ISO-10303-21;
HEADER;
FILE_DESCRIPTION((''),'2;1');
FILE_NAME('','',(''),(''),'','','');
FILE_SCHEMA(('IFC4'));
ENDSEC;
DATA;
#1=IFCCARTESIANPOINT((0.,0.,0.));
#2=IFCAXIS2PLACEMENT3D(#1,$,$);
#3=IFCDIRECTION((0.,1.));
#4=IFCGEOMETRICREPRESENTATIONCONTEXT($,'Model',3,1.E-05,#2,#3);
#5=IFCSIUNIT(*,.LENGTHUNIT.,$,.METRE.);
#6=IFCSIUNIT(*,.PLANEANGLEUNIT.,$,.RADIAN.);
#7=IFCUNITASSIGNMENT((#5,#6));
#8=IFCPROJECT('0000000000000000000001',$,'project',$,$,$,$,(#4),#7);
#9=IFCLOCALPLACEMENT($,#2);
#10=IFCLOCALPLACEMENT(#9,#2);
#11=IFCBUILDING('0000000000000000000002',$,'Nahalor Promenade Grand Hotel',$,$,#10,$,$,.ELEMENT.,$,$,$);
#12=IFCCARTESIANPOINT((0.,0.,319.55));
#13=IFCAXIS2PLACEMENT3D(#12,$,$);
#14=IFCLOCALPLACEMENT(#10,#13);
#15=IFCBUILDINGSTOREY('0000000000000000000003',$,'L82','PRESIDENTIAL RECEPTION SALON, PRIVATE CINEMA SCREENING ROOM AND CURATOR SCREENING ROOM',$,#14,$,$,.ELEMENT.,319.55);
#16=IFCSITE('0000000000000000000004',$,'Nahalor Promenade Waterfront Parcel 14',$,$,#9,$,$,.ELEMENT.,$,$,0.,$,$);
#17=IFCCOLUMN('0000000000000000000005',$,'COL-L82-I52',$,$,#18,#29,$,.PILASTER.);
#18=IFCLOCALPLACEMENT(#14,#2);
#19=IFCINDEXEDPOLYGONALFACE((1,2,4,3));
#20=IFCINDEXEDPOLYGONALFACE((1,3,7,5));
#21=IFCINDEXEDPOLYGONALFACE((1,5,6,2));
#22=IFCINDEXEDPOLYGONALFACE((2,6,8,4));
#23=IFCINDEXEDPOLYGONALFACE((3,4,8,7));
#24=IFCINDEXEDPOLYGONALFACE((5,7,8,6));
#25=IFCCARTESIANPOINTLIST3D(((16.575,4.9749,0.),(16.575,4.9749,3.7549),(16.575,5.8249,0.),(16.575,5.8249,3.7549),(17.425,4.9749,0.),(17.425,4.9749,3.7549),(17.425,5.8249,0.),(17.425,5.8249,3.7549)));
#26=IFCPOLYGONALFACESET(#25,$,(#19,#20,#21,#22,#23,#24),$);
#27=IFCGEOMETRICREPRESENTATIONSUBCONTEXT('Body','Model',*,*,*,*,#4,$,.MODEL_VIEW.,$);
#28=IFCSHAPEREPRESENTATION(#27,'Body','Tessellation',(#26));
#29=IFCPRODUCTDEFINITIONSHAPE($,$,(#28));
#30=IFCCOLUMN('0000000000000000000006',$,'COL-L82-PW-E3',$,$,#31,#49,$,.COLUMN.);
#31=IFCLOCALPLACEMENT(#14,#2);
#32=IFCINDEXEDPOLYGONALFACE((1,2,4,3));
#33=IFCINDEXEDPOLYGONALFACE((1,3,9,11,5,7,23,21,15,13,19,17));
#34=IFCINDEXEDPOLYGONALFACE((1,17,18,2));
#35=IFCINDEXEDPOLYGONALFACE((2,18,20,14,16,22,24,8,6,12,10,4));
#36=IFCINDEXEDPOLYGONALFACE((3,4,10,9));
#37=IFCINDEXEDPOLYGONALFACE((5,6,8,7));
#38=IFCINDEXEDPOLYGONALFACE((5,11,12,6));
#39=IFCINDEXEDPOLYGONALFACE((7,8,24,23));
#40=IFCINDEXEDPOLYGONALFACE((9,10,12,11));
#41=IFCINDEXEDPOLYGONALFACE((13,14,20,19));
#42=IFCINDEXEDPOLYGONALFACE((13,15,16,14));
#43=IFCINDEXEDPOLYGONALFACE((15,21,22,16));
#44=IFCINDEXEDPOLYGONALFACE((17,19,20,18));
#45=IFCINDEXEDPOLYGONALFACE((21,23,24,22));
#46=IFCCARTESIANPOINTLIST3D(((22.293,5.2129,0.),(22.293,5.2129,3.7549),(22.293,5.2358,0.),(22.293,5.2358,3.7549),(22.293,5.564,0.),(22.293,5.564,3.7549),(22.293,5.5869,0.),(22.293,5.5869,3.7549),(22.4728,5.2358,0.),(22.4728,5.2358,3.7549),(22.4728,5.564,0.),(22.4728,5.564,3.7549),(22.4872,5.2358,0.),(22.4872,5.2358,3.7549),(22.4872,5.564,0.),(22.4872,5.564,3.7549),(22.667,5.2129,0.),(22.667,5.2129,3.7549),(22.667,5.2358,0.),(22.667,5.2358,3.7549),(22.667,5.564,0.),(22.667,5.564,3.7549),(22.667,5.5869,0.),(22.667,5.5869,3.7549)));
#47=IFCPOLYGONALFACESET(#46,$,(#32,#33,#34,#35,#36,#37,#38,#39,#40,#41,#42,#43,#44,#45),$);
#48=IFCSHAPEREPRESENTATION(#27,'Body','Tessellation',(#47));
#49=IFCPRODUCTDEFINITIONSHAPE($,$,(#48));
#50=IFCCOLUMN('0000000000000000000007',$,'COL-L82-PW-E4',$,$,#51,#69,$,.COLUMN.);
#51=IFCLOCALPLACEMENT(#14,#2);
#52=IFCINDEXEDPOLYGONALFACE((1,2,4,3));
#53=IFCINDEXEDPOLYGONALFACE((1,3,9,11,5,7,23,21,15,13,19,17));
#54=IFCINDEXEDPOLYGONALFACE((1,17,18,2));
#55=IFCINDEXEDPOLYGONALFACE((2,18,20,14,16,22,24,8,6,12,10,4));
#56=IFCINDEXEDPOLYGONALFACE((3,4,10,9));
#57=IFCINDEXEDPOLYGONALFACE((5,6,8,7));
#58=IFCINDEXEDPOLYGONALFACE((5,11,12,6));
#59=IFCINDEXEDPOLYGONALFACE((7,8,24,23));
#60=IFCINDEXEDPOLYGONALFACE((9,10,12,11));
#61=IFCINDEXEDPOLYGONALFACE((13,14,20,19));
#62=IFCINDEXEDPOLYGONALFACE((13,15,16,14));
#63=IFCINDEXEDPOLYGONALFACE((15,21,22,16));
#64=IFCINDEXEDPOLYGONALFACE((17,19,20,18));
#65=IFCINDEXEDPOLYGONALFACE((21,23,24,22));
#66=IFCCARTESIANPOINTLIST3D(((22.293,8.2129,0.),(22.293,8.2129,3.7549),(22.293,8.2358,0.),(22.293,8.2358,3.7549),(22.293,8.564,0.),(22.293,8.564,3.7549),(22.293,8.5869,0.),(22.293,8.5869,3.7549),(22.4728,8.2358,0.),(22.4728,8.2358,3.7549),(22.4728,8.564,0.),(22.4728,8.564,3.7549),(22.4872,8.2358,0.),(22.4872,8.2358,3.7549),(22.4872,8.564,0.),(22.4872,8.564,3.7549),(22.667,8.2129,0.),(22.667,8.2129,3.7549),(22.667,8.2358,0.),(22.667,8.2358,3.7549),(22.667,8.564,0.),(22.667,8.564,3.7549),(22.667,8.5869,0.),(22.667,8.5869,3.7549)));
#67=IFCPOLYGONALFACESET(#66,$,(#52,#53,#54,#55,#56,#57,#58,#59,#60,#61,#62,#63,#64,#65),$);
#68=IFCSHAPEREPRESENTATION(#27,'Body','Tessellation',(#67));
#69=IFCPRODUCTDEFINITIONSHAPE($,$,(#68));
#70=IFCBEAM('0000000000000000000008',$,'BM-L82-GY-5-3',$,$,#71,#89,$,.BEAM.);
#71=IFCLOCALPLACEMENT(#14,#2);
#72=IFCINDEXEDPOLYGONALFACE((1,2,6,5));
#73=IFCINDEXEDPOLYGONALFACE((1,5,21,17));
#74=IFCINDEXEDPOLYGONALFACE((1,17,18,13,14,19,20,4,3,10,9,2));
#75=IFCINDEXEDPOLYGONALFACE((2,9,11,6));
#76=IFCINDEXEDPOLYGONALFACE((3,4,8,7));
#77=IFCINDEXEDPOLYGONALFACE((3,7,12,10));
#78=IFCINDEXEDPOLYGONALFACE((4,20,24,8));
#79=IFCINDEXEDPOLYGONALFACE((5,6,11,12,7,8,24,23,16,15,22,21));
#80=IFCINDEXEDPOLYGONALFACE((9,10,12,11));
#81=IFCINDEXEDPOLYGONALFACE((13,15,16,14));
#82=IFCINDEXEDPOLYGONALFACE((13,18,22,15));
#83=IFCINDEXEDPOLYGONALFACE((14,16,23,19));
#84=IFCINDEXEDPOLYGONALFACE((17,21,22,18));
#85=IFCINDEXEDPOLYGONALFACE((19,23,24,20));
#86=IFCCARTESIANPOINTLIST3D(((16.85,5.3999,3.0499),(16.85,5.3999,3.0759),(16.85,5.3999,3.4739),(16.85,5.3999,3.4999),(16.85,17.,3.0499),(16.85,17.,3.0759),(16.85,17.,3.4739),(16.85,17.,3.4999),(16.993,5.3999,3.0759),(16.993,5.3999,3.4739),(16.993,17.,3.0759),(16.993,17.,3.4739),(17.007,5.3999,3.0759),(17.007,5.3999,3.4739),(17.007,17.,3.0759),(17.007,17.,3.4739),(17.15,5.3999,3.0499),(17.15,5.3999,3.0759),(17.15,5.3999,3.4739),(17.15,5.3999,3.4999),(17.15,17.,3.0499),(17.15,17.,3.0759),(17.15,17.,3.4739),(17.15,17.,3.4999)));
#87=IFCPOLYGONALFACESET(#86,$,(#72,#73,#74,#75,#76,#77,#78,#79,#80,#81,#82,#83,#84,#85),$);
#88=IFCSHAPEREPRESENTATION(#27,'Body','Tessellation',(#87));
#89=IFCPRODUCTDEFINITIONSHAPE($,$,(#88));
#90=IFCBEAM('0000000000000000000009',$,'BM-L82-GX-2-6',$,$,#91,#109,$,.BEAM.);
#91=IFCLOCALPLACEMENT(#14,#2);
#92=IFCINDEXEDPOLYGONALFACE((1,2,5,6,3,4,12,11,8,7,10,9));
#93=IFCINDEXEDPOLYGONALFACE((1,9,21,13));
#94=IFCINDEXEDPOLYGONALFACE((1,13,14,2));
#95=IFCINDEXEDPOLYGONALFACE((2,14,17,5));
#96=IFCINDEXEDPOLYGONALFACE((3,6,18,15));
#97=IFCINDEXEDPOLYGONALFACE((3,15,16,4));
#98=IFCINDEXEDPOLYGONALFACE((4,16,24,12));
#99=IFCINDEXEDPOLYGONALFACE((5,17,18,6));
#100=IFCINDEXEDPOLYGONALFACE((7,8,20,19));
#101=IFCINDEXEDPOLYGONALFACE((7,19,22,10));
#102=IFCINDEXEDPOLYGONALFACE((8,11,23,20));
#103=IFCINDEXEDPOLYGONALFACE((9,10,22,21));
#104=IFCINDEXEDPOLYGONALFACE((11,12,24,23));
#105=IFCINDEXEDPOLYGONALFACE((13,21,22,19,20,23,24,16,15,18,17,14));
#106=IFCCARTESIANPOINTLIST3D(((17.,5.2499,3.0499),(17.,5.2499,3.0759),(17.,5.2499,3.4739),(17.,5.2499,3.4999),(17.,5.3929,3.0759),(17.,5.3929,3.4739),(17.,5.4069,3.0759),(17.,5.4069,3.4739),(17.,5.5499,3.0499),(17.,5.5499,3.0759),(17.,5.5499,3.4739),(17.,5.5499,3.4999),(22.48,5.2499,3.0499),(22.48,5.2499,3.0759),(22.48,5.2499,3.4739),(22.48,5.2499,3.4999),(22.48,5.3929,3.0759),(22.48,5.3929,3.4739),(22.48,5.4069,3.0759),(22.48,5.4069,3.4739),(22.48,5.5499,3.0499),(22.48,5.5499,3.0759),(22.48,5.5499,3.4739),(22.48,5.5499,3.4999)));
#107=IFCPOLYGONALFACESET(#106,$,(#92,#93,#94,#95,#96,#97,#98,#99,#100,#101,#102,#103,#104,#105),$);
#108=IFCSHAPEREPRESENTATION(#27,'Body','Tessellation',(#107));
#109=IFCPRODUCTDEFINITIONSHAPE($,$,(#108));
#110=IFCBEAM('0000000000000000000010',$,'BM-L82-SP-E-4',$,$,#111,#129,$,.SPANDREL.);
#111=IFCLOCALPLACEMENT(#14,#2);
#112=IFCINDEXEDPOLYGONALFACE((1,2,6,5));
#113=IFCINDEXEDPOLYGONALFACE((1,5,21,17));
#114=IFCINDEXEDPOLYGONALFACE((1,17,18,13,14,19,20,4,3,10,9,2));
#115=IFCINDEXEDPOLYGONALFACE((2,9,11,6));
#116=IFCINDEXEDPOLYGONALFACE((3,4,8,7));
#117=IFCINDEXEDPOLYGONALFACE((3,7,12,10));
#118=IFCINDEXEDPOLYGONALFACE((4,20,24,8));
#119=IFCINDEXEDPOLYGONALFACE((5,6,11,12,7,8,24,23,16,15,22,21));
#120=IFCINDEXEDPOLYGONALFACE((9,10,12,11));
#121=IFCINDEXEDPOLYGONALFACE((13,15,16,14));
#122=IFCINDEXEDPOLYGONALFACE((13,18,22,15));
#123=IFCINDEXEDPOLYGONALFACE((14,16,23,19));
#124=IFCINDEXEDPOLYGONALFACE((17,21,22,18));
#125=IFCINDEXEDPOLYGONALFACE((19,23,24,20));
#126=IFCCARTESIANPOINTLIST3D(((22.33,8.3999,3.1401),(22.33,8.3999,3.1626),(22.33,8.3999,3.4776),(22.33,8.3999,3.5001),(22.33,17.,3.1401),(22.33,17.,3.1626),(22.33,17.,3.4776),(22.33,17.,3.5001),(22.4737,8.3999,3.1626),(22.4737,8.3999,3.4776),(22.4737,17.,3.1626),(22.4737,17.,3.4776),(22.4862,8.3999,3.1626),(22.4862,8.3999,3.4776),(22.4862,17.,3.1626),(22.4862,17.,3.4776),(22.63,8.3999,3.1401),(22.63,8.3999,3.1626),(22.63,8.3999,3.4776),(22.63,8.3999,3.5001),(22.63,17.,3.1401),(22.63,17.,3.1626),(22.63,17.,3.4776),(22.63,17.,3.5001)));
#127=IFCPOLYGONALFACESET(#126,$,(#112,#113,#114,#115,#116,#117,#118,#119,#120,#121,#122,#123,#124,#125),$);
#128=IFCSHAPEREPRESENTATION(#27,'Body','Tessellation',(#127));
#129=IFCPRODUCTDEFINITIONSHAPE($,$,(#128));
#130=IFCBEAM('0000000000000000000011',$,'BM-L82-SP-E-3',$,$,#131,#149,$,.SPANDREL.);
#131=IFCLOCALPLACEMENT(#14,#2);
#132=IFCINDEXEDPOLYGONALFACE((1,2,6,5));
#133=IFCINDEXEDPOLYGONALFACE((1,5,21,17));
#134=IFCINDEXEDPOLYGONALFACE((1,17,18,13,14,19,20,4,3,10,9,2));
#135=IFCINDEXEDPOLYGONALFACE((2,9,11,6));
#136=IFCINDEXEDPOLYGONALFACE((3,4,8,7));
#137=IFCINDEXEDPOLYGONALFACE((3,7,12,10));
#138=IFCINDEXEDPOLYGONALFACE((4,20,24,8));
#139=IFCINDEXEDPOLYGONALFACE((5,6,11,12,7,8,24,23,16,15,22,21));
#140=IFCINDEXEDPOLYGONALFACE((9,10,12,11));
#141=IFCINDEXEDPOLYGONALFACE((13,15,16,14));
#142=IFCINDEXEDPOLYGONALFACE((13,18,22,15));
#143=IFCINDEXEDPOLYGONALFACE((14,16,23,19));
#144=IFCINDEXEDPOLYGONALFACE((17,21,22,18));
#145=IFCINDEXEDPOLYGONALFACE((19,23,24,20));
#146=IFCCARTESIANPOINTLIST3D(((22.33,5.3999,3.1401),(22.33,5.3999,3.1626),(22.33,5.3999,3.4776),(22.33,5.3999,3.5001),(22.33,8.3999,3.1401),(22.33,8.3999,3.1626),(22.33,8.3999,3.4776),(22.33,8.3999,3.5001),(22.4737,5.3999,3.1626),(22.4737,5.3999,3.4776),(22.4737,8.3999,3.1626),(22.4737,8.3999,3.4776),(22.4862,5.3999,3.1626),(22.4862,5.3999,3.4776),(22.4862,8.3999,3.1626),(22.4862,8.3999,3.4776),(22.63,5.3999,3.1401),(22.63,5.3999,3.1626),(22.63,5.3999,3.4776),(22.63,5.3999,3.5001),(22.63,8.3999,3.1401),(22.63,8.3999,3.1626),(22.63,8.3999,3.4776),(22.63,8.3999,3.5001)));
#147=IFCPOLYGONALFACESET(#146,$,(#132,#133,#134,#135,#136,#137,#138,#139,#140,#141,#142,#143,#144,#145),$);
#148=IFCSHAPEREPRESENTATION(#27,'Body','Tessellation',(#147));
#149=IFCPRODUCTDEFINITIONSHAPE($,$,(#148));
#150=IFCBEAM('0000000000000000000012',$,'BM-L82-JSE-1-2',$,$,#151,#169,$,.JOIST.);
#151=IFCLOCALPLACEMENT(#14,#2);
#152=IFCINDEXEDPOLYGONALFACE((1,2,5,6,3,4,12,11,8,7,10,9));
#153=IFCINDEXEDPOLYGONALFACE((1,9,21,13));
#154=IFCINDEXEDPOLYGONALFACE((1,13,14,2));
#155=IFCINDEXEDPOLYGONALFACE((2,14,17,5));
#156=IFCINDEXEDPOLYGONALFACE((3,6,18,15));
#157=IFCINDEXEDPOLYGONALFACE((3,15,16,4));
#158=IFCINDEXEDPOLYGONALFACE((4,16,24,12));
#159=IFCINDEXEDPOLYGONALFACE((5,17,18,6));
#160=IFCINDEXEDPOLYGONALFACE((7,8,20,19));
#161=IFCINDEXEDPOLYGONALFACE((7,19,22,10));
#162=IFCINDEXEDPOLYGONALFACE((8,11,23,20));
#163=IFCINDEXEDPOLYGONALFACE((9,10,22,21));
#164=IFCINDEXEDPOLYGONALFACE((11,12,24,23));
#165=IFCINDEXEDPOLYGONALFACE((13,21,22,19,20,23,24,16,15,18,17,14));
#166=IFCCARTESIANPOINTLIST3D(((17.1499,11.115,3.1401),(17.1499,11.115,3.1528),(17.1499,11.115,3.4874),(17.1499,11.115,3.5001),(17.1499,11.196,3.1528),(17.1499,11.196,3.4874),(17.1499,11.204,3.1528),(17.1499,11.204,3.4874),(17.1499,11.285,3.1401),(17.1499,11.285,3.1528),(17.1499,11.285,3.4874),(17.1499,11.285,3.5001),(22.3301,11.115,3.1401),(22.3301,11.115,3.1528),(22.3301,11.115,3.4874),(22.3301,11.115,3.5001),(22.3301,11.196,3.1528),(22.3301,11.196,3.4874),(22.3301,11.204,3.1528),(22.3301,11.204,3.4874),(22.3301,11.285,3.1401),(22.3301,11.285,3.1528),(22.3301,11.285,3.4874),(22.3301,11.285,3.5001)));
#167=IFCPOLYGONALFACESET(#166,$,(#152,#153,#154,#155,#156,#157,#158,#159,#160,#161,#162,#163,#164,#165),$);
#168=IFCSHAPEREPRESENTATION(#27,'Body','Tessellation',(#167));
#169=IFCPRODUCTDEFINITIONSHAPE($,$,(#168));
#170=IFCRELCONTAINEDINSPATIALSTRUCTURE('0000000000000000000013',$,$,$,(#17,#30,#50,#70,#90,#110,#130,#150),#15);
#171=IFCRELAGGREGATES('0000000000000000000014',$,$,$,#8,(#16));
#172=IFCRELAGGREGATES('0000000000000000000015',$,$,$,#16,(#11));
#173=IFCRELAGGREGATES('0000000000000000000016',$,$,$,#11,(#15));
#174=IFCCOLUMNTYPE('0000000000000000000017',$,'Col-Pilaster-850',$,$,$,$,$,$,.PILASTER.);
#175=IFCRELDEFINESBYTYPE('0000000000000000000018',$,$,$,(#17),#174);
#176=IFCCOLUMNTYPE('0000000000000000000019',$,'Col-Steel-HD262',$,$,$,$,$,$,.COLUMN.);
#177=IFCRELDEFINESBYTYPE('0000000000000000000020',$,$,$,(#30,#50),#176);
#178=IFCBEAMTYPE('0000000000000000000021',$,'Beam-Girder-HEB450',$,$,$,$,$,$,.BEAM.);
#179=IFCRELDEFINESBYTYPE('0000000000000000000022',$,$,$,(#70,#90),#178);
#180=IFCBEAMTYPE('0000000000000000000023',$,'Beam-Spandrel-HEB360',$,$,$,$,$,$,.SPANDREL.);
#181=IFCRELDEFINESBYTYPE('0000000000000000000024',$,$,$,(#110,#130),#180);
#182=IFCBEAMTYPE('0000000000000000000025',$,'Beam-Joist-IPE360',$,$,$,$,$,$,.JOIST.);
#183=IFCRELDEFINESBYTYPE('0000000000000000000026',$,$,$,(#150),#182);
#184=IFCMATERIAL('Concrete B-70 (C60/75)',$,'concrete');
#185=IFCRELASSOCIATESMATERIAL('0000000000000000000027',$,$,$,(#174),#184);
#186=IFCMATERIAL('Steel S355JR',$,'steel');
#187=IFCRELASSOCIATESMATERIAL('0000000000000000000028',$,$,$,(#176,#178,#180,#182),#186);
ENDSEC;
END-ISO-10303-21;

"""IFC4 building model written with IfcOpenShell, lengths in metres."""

from ifc_helpers import new_model, si_unit, direction, frame, origin, origin_2d, place, context, subcontext, project, spatial, rectangle, i_section, extrude, source, transform, mapped, material, material_profile, profile_set, type_object, element, save


model = new_model("IFC4")

# Units and contexts
model_context = context("Model", 3, precision=1e-05, world=origin(), true_north=direction((0.0, 1.0)))
body_context = subcontext(model_context, "Body", "Model", "MODEL_VIEW")
ifc_project = project(units=[si_unit("LENGTHUNIT", "METRE"), si_unit("PLANEANGLEUNIT", "RADIAN")], contexts=[model_context])

# Site, building, storey
site_placement = place(None, origin())
site = spatial("IfcSite", under=ifc_project, at=site_placement, Name="Nahalor Promenade Waterfront Parcel 14", CompositionType="ELEMENT", RefElevation=0.0)
building_placement = place(site_placement, origin())
building = spatial("IfcBuilding", under=site, at=building_placement, Name="Nahalor Promenade Grand Hotel", CompositionType="ELEMENT")
storey_placement = place(building_placement, frame((0.0, 0.0, 319.55)))
storey = spatial("IfcBuildingStorey", under=building, at=storey_placement, Name="L82", Description="PRESIDENTIAL RECEPTION SALON, PRIVATE CINEMA SCREENING ROOM AND CURATOR SCREENING ROOM", CompositionType="ELEMENT", Elevation=319.55)

# Columns
ifc_material_1 = material(Name="Concrete B-70 (C60/75)", Category="concrete")
ifc_material_profile_1 = material_profile(ifc_material_1, rectangle(XDim=0.85, YDim=0.85, at=origin_2d()), Name="RC 850x850")
ifc_profile_set_1 = profile_set([ifc_material_profile_1], Name="Concrete B-70 (C60/75)")
column_type_1 = type_object("IfcColumnType", Name="Col-Pilaster-850", PredefinedType="PILASTER", material=ifc_profile_set_1)
shared_shape_1 = source(origin(), body_context, "Body", "SweptSolid", [
    extrude(rectangle(XDim=0.85, YDim=0.85, at=origin_2d()), origin(), (0.0, 0.0, 1.0), 3.7549),
])
column_placement = place(storey_placement, frame((17.0, 5.3999, 0.0), z_axis=(0.0, 0.0, 1.0), x_axis=(1.0, 0.0, 0.0)))
element("IfcColumn", 1, at=column_placement, inside=storey, type_object=column_type_1, Name="COL-L82-I52", PredefinedType="PILASTER", context=body_context, shape_type="MappedRepresentation", body=[
    mapped(shared_shape_1, transform((0.0, 0.0, 0.0), scale=1.0)),
])
ifc_material_2 = material(Name="Steel S355JR", Category="steel")
ifc_material_profile_2 = material_profile(ifc_material_2, i_section(OverallWidth=0.374, OverallDepth=0.374, WebThickness=0.0144, FlangeThickness=0.0229, at=origin_2d()), Name="HD 360x262")
ifc_profile_set_2 = profile_set([ifc_material_profile_2], Name="Steel S355JR")
column_type_2 = type_object("IfcColumnType", Name="Col-Steel-HD262", PredefinedType="COLUMN", material=ifc_profile_set_2)
shared_shape_2 = source(origin(), body_context, "Body", "SweptSolid", [
    extrude(i_section(OverallWidth=0.374, OverallDepth=0.374, WebThickness=0.0144, FlangeThickness=0.0229, at=origin_2d()), origin(), (0.0, 0.0, 1.0), 3.7549),
])
for number, where, z_axis, x_axis, name in (
    (2, (22.48, 5.3999, 0.0), (0.0, 0.0, 1.0), (1.0, 0.0, 0.0), "COL-L82-PW-E3"),
    (3, (22.48, 8.3999, 0.0), (0.0, 0.0, 1.0), (1.0, 0.0, 0.0), "COL-L82-PW-E4"),
):
    element("IfcColumn", number, at=place(storey_placement, frame(where, z_axis=z_axis, x_axis=x_axis)), inside=storey, type_object=column_type_2, Name=name, PredefinedType="COLUMN", context=body_context, shape_type="MappedRepresentation", body=[
        mapped(shared_shape_2, transform((0.0, 0.0, 0.0), scale=1.0)),
    ])

# Beams
ifc_material_profile_3 = material_profile(ifc_material_2, i_section(OverallWidth=0.3, OverallDepth=0.45, WebThickness=0.014, FlangeThickness=0.026, at=origin_2d()), Name="HEB 450")
ifc_profile_set_3 = profile_set([ifc_material_profile_3], Name="Steel S355JR")
beam_type_1 = type_object("IfcBeamType", Name="Beam-Girder-HEB450", PredefinedType="BEAM", material=ifc_profile_set_3)
shared_shape_3 = source(origin(), body_context, "Body", "SweptSolid", [
    extrude(i_section(OverallWidth=0.3, OverallDepth=0.45, WebThickness=0.014, FlangeThickness=0.026, at=origin_2d()), origin(), (0.0, 0.0, 1.0), 11.6001),
])
beam_1_placement = place(storey_placement, frame((17.0, 5.3999, 3.2749), z_axis=(0.0, 1.0, 0.0), x_axis=(-1.0, 0.0, 0.0)))
element("IfcBeam", 4, at=beam_1_placement, inside=storey, type_object=beam_type_1, Name="BM-L82-GY-5-3", PredefinedType="BEAM", context=body_context, shape_type="MappedRepresentation", body=[
    mapped(shared_shape_3, transform((0.0, 0.0, 0.0), scale=1.0)),
])
shared_shape_4 = source(origin(), body_context, "Body", "SweptSolid", [
    extrude(i_section(OverallWidth=0.3, OverallDepth=0.45, WebThickness=0.014, FlangeThickness=0.026, at=origin_2d()), origin(), (0.0, 0.0, 1.0), 5.48),
])
beam_2_placement = place(storey_placement, frame((17.0, 5.3999, 3.2749), z_axis=(1.0, 0.0, 0.0), x_axis=(0.0, 1.0, 0.0)))
element("IfcBeam", 5, at=beam_2_placement, inside=storey, type_object=beam_type_1, Name="BM-L82-GX-2-6", PredefinedType="BEAM", context=body_context, shape_type="MappedRepresentation", body=[
    mapped(shared_shape_4, transform((0.0, 0.0, 0.0), scale=1.0)),
])
ifc_material_profile_4 = material_profile(ifc_material_2, i_section(OverallWidth=0.3, OverallDepth=0.36, WebThickness=0.0125, FlangeThickness=0.0225, at=origin_2d()), Name="HEB 360")
ifc_profile_set_4 = profile_set([ifc_material_profile_4], Name="Steel S355JR")
beam_type_2 = type_object("IfcBeamType", Name="Beam-Spandrel-HEB360", PredefinedType="SPANDREL", material=ifc_profile_set_4)
shared_shape_5 = source(origin(), body_context, "Body", "SweptSolid", [
    extrude(i_section(OverallWidth=0.3, OverallDepth=0.36, WebThickness=0.0125, FlangeThickness=0.0225, at=origin_2d()), origin(), (0.0, 0.0, 1.0), 8.6001),
])
beam_3_placement = place(storey_placement, frame((22.48, 8.3999, 3.3201), z_axis=(0.0, 1.0, 0.0), x_axis=(-1.0, 0.0, 0.0)))
element("IfcBeam", 6, at=beam_3_placement, inside=storey, type_object=beam_type_2, Name="BM-L82-SP-E-4", PredefinedType="SPANDREL", context=body_context, shape_type="MappedRepresentation", body=[
    mapped(shared_shape_5, transform((0.0, 0.0, 0.0), scale=1.0)),
])
shared_shape_6 = source(origin(), body_context, "Body", "SweptSolid", [
    extrude(i_section(OverallWidth=0.3, OverallDepth=0.36, WebThickness=0.0125, FlangeThickness=0.0225, at=origin_2d()), origin(), (0.0, 0.0, 1.0), 3.0),
])
beam_4_placement = place(storey_placement, frame((22.48, 5.3999, 3.3201), z_axis=(0.0, 1.0, 0.0), x_axis=(-1.0, 0.0, 0.0)))
element("IfcBeam", 7, at=beam_4_placement, inside=storey, type_object=beam_type_2, Name="BM-L82-SP-E-3", PredefinedType="SPANDREL", context=body_context, shape_type="MappedRepresentation", body=[
    mapped(shared_shape_6, transform((0.0, 0.0, 0.0), scale=1.0)),
])
ifc_material_profile_5 = material_profile(ifc_material_2, i_section(OverallWidth=0.17, OverallDepth=0.36, WebThickness=0.008, FlangeThickness=0.0127, at=origin_2d()), Name="IPE 360")
ifc_profile_set_5 = profile_set([ifc_material_profile_5], Name="Steel S355JR")
beam_type_3 = type_object("IfcBeamType", Name="Beam-Joist-IPE360", PredefinedType="JOIST", material=ifc_profile_set_5)
shared_shape_7 = source(origin(), body_context, "Body", "SweptSolid", [
    extrude(i_section(OverallWidth=0.17, OverallDepth=0.36, WebThickness=0.008, FlangeThickness=0.0127, at=origin_2d()), origin(), (0.0, 0.0, 1.0), 5.1802),
])
beam_5_placement = place(storey_placement, frame((17.1499, 11.2, 3.3201), z_axis=(1.0, 0.0, 0.0), x_axis=(0.0, 1.0, 0.0)))
element("IfcBeam", 8, at=beam_5_placement, inside=storey, type_object=beam_type_3, Name="BM-L82-JSE-1-2", PredefinedType="JOIST", context=body_context, shape_type="MappedRepresentation", body=[
    mapped(shared_shape_7, transform((0.0, 0.0, 0.0), scale=1.0)),
])

save(model, "model.ifc")
